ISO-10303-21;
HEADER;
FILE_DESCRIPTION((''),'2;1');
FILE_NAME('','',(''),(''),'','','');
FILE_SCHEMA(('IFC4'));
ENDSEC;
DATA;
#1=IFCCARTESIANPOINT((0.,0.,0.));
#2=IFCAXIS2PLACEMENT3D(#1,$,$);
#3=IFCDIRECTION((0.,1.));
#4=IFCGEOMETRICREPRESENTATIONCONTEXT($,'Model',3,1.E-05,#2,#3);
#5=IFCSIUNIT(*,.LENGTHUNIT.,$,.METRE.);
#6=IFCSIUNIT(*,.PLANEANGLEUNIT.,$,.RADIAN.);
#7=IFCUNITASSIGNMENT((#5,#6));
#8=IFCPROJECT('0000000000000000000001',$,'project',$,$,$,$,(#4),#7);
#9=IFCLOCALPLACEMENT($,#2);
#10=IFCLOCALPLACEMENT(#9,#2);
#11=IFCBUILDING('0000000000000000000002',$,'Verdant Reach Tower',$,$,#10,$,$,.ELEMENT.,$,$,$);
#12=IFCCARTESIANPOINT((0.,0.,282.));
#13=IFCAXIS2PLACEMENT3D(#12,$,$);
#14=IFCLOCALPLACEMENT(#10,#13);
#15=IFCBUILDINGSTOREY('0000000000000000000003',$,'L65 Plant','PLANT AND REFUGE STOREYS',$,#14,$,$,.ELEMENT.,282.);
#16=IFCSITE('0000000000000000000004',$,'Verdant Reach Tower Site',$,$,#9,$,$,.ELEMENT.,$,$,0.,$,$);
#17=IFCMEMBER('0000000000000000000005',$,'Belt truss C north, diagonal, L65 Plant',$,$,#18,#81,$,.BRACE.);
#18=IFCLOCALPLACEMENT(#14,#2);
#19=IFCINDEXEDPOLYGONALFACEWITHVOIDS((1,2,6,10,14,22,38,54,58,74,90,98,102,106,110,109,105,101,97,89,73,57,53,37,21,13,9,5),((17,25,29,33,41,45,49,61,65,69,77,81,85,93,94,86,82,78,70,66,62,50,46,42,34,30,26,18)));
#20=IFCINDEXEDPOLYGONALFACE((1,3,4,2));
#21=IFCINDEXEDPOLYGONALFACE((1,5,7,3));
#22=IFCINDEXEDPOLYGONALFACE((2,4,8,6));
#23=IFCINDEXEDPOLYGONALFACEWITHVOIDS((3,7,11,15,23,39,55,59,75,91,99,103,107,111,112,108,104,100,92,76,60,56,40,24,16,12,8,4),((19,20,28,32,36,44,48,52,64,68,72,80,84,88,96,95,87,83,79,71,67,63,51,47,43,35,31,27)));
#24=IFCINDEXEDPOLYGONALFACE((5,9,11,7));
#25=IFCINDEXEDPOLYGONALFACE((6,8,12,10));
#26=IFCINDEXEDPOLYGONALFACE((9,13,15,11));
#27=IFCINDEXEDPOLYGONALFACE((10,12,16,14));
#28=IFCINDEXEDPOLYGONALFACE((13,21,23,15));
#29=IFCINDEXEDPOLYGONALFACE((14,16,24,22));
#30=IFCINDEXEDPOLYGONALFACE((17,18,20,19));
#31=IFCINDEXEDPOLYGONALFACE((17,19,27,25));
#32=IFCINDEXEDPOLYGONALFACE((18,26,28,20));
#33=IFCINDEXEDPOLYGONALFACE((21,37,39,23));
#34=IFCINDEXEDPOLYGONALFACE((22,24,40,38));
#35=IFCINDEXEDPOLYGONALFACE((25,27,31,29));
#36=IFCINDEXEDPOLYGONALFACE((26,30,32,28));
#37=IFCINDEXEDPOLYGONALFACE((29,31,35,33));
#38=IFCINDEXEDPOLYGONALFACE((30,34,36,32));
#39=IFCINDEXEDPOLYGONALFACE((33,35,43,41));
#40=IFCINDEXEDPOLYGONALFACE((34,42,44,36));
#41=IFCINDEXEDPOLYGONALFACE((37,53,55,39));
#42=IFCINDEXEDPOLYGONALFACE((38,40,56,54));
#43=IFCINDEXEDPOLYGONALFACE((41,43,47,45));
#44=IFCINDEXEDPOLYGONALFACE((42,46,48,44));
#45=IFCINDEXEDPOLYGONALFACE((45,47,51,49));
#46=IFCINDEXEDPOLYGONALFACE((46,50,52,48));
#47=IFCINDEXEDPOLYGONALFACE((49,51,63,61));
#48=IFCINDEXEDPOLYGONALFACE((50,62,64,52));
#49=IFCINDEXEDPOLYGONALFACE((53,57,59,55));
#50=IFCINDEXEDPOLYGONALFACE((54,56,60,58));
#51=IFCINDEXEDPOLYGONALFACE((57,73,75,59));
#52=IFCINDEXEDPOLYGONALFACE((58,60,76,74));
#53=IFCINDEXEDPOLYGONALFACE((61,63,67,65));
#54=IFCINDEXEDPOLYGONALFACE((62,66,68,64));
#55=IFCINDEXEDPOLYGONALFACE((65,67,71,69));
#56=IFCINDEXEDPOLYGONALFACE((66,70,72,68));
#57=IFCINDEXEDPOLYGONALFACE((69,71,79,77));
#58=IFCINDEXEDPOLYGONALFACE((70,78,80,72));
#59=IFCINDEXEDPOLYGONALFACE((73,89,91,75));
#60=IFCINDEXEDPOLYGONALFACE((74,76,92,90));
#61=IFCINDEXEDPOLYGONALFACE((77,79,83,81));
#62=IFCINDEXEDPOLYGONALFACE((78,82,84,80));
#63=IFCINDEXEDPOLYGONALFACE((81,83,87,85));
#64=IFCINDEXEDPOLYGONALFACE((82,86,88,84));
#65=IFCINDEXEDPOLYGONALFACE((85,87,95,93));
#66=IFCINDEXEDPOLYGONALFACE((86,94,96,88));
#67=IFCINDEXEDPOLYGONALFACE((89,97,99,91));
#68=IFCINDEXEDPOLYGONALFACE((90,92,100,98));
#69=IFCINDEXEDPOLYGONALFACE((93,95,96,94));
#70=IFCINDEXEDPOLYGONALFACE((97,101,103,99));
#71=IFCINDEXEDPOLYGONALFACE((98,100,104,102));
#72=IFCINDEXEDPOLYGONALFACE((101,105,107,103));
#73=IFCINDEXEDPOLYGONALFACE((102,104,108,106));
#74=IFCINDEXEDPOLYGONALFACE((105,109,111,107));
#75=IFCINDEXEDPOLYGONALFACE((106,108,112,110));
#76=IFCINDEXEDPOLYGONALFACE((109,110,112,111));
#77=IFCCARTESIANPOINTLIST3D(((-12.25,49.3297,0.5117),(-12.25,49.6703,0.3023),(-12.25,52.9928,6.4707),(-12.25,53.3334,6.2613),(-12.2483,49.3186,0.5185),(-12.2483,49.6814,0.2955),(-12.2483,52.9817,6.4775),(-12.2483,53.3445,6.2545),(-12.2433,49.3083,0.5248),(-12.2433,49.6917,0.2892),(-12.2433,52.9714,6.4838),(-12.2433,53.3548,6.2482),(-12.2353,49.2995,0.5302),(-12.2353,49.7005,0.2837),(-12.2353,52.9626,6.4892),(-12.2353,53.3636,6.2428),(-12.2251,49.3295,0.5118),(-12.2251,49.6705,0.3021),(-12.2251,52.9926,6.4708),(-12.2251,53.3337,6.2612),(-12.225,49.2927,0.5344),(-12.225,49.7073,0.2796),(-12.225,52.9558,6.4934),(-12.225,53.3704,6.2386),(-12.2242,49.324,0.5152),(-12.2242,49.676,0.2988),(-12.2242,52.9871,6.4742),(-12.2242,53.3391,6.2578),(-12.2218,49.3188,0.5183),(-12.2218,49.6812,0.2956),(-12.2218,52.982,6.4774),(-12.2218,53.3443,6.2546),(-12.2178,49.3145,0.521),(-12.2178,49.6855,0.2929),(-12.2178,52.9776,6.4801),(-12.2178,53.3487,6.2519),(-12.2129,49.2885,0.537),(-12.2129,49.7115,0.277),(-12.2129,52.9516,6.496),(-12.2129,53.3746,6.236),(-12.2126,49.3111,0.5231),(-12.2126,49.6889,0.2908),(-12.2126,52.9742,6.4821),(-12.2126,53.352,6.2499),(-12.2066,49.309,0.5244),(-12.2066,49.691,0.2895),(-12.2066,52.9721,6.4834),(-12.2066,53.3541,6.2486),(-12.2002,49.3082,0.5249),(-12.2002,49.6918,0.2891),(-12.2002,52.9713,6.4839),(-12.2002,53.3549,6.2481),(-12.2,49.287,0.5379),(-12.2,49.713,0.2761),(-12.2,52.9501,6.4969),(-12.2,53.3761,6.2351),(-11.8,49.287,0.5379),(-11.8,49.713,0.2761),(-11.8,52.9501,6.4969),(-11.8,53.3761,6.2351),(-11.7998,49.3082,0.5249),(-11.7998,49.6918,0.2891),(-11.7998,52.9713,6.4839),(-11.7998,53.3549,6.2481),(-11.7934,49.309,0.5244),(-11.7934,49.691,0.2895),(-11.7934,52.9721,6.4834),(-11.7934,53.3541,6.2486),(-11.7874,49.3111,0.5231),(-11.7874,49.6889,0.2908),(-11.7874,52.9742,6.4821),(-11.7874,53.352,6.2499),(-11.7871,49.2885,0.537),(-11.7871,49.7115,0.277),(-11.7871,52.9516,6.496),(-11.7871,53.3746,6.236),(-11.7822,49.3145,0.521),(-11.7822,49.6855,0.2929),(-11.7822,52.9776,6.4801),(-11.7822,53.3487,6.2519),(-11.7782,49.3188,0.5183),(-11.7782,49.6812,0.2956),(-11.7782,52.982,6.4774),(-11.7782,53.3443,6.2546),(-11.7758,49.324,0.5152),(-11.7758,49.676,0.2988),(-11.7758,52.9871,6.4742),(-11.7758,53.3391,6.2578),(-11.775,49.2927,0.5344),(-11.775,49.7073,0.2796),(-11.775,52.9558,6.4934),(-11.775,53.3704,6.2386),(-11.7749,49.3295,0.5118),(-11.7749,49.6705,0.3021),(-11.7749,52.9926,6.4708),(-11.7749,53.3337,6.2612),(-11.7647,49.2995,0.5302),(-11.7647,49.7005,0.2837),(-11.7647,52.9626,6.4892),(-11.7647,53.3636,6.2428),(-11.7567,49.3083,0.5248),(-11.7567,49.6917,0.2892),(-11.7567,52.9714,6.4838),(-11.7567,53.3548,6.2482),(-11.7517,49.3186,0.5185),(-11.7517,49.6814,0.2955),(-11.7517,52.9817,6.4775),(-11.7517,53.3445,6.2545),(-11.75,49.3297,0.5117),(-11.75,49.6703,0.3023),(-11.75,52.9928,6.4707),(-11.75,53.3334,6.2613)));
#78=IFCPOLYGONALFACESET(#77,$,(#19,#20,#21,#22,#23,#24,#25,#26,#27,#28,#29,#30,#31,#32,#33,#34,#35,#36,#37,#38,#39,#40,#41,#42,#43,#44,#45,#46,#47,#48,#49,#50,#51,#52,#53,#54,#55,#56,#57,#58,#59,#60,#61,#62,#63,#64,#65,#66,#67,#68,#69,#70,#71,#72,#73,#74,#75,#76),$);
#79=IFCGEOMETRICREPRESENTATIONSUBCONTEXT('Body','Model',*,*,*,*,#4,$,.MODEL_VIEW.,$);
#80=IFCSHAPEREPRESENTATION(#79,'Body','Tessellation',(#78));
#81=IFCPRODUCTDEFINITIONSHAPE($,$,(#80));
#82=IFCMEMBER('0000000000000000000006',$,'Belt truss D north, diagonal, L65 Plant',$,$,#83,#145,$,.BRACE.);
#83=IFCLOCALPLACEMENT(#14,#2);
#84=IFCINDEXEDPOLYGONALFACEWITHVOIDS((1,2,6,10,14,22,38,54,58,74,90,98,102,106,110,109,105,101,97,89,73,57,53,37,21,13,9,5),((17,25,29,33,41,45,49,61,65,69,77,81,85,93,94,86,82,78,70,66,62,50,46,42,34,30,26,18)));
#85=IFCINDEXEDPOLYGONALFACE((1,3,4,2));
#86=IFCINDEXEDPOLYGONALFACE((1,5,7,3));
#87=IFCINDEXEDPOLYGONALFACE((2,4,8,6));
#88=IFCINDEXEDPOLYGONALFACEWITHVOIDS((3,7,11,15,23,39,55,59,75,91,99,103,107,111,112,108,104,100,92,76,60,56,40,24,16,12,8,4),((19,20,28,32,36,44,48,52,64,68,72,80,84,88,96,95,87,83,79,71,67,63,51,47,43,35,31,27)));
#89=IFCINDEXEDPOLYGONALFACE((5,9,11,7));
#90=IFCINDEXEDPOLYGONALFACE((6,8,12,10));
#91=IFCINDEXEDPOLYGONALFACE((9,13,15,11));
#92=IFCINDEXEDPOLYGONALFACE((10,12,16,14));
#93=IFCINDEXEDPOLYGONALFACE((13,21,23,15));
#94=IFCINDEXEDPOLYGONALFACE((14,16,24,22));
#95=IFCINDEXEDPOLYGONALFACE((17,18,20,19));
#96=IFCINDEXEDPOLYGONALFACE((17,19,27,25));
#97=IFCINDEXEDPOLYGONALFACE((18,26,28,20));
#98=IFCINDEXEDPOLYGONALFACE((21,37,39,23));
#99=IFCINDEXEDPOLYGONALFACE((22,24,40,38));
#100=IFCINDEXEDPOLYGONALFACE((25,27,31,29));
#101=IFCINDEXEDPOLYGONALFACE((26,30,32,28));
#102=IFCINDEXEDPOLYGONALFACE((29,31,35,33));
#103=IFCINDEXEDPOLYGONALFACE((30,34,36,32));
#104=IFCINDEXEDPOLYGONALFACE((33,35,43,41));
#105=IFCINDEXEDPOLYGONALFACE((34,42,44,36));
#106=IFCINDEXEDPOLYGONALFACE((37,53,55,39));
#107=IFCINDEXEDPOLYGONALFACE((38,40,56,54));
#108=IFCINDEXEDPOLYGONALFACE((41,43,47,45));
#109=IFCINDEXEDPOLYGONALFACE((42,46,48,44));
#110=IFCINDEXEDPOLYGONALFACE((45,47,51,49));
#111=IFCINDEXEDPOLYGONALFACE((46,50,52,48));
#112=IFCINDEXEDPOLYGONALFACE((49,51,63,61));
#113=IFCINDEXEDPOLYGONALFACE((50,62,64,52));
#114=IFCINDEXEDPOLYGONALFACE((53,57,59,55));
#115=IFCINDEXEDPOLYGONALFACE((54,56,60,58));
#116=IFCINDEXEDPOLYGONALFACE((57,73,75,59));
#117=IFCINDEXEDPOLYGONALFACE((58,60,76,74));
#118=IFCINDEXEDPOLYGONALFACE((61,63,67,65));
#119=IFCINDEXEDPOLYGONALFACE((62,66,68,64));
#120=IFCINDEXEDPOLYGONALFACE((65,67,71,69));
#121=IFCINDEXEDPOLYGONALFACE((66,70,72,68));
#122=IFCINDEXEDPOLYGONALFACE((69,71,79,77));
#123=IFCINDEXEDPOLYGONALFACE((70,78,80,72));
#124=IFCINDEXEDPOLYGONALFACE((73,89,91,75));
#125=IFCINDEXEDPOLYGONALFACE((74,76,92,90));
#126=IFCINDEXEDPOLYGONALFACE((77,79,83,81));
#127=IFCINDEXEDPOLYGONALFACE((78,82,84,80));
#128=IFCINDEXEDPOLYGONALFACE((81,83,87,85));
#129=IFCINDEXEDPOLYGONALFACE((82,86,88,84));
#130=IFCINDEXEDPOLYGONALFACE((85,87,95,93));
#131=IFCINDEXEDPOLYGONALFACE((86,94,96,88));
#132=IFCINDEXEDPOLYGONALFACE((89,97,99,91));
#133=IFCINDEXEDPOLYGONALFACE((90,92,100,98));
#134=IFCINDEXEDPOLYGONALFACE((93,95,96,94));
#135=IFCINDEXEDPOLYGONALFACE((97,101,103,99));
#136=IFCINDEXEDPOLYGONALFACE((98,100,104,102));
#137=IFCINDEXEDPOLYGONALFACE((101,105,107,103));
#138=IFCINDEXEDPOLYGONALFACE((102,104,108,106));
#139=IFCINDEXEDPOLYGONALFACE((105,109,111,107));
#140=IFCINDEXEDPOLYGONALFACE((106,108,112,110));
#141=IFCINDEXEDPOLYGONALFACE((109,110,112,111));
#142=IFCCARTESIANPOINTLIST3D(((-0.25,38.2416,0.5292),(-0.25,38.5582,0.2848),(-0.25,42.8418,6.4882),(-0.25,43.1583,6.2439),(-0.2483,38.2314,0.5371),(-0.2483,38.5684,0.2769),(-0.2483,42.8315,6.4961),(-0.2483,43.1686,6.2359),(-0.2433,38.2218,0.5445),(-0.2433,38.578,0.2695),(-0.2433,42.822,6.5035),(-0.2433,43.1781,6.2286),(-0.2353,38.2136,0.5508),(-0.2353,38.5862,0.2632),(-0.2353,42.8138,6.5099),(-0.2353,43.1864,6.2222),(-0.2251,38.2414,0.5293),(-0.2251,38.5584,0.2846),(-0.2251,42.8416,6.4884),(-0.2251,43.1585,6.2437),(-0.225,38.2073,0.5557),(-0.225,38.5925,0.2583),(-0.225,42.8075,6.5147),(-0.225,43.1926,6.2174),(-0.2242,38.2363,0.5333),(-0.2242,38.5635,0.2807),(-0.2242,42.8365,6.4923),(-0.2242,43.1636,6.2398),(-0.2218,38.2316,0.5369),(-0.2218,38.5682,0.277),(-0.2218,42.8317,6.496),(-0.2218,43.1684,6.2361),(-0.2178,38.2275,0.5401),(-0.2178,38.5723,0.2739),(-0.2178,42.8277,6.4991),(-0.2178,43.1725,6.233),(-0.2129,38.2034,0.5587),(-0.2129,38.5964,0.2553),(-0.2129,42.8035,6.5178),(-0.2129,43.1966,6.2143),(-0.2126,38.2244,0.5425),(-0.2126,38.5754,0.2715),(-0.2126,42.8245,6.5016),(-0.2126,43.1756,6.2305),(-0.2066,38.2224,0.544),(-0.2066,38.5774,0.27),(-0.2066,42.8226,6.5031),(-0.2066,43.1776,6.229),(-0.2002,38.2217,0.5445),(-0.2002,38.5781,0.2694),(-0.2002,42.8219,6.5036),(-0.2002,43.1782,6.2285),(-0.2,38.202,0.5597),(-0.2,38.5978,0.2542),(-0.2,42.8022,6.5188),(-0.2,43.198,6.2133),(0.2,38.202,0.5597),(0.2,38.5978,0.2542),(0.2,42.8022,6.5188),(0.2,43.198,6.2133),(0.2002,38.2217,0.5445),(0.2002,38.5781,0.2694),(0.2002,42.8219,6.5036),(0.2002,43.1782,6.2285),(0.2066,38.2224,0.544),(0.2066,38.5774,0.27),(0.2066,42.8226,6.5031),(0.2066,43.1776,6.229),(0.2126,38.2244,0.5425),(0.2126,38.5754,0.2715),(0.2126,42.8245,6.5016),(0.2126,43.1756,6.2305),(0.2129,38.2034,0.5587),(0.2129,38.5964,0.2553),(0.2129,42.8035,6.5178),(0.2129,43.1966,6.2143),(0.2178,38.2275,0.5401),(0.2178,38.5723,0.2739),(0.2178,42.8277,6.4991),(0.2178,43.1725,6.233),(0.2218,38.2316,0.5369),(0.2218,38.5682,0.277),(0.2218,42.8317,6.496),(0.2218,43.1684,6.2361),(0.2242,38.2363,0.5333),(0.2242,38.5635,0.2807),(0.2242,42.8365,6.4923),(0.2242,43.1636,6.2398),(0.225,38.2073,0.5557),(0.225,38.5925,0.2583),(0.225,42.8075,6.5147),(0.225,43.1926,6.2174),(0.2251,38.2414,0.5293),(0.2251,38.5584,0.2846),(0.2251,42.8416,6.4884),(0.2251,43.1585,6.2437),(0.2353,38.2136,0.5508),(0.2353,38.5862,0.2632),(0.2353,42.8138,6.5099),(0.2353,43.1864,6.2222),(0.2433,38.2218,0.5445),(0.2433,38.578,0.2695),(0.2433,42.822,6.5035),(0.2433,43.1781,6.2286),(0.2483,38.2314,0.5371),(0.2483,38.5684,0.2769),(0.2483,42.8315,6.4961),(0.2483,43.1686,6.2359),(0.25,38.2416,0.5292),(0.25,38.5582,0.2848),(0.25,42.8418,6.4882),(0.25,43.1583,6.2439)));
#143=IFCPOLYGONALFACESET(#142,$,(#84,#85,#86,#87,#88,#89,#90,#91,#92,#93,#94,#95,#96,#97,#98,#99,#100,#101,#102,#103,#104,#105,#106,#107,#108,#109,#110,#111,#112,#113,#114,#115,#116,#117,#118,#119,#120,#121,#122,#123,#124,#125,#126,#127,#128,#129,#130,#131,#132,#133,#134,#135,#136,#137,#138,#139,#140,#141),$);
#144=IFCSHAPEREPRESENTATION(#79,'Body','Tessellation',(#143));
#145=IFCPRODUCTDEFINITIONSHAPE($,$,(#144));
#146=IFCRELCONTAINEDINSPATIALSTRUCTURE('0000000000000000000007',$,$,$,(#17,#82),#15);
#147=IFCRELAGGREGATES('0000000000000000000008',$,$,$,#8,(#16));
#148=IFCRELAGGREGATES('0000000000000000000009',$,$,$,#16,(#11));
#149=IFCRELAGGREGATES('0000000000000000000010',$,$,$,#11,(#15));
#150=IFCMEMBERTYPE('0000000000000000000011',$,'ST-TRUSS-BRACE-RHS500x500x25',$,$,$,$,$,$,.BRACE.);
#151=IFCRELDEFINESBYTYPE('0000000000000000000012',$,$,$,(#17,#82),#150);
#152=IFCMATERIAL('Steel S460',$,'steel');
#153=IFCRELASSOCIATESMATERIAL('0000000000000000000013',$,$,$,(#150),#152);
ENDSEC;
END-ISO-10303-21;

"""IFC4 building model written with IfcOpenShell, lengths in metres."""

from ifc_helpers import new_model, si_unit, direction, frame, origin, origin_2d, place, context, subcontext, project, spatial, hollow_rectangle, extrude, material, material_profile, profile_set, type_object, element, save


model = new_model("IFC4")

# Units and contexts
model_context = context("Model", 3, precision=1e-05, world=origin(), true_north=direction((0.0, 1.0)))
body_context = subcontext(model_context, "Body", "Model", "MODEL_VIEW")
ifc_project = project(units=[si_unit("LENGTHUNIT", "METRE"), si_unit("PLANEANGLEUNIT", "RADIAN")], contexts=[model_context])

# Site, building, storey
site_placement = place(None, origin())
site = spatial("IfcSite", under=ifc_project, at=site_placement, Name="Verdant Reach Tower Site", CompositionType="ELEMENT", RefElevation=0.0)
building_placement = place(site_placement, origin())
building = spatial("IfcBuilding", under=site, at=building_placement, Name="Verdant Reach Tower", CompositionType="ELEMENT")
storey_placement = place(building_placement, frame((0.0, 0.0, 282.0)))
storey = spatial("IfcBuildingStorey", under=building, at=storey_placement, Name="L65 Plant", Description="PLANT AND REFUGE STOREYS", CompositionType="ELEMENT", Elevation=282.0)

# Shared definitions
ifc_material_1 = material(Name="Steel S460", Category="steel")

# Members
ifc_material_profile_1 = material_profile(ifc_material_1, hollow_rectangle(XDim=0.5, YDim=0.5, WallThickness=0.0249, InnerFilletRadius=0.0249, OuterFilletRadius=0.05, at=origin_2d()), Name="RHS 500x500x25")
ifc_profile_set_1 = profile_set([ifc_material_profile_1], Name="Steel S460")
member_type_1 = type_object("IfcMemberType", Name="ST-TRUSS-BRACE-RHS500x500x25", PredefinedType="BRACE", material=ifc_profile_set_1)
member_1_placement = place(storey_placement, frame((-12.0, 49.5, 0.407), z_axis=(0.0, 0.523685, 0.851912), x_axis=(-1.0, 0.0, 0.0)))
element("IfcMember", 1, at=member_1_placement, inside=storey, type_object=member_type_1, Name="Belt truss C north, diagonal, L65 Plant", PredefinedType="BRACE", context=body_context, shape_type="SweptSolid", body=[
    extrude(hollow_rectangle(XDim=0.5, YDim=0.5, WallThickness=0.0249, InnerFilletRadius=0.0249, OuterFilletRadius=0.05, at=origin_2d()), origin(), (0.0, 0.0, 1.0), 6.9949),
])
member_2_placement = place(storey_placement, frame((0.0, 38.3999, 0.407), z_axis=(0.0, 0.611067, 0.791579), x_axis=(-1.0, 0.0, 0.0)))
element("IfcMember", 2, at=member_2_placement, inside=storey, type_object=member_type_1, Name="Belt truss D north, diagonal, L65 Plant", PredefinedType="BRACE", context=body_context, shape_type="SweptSolid", body=[
    extrude(hollow_rectangle(XDim=0.5, YDim=0.5, WallThickness=0.0249, InnerFilletRadius=0.0249, OuterFilletRadius=0.05, at=origin_2d()), origin(), (0.0, 0.0, 1.0), 7.5281),
])

save(model, "model.ifc")
